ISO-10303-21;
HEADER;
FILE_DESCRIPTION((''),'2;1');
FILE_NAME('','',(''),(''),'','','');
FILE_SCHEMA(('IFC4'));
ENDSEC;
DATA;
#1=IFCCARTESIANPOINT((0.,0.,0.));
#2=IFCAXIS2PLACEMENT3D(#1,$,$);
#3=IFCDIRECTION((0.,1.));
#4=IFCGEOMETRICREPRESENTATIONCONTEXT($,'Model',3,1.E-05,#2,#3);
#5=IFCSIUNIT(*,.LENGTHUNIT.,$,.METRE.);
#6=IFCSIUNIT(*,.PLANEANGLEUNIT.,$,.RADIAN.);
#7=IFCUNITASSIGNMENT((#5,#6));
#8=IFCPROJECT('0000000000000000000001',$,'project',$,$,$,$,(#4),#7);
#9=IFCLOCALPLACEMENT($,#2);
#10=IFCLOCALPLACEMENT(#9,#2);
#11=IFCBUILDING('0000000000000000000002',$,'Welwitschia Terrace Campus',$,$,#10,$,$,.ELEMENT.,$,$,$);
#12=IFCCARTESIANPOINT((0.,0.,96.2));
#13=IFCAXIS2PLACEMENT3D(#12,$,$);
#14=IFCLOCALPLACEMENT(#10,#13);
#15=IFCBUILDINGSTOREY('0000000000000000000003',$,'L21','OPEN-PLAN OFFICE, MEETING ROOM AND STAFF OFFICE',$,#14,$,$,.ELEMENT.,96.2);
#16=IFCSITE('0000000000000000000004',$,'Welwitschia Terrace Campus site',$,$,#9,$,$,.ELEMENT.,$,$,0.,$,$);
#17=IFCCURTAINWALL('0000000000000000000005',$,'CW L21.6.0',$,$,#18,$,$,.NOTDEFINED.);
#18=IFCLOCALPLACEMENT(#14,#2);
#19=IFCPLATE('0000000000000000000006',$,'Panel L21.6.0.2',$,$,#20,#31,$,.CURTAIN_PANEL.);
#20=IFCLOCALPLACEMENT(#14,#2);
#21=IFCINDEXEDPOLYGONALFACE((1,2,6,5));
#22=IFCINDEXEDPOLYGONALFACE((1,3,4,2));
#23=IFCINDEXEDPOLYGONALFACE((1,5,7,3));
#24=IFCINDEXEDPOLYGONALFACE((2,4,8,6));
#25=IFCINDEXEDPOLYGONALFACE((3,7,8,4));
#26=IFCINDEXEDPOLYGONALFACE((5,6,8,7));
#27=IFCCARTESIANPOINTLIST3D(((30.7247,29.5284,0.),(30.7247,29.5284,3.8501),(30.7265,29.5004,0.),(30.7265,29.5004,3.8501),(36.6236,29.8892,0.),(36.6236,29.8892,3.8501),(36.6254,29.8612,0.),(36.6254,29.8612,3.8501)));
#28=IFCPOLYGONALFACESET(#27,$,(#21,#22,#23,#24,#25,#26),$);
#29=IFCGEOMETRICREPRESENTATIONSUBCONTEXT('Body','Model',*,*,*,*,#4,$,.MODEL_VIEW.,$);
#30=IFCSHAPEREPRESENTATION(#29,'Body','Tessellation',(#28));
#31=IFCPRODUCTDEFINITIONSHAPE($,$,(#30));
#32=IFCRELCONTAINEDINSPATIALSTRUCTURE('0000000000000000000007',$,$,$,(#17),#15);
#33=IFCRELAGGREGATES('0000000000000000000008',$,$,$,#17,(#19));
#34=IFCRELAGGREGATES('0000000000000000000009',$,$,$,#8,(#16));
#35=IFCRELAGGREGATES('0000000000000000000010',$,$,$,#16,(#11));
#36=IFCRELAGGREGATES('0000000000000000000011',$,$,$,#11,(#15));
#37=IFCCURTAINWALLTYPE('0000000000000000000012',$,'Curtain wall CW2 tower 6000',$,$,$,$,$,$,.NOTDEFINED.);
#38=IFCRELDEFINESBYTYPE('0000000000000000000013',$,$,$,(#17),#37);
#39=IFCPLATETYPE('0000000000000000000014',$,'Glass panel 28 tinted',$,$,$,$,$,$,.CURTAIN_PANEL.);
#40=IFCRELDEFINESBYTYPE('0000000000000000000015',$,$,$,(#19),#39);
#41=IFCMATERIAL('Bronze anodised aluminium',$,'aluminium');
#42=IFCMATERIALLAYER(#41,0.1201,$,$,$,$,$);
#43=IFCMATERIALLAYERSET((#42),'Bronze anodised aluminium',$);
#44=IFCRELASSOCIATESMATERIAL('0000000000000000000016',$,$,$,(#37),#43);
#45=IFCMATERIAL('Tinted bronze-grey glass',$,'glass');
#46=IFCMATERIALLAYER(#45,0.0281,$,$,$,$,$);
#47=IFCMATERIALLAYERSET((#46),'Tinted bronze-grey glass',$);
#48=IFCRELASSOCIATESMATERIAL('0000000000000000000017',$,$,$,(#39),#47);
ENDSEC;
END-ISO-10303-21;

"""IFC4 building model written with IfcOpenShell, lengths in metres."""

from ifc_helpers import new_model, si_unit, direction, frame, origin, origin_2d, place, context, subcontext, project, spatial, rectangle, extrude, material, layer, layer_set, type_object, element, aggregate, save


model = new_model("IFC4")

# Units and contexts
model_context = context("Model", 3, precision=1e-05, world=origin(), true_north=direction((0.0, 1.0)))
body_context = subcontext(model_context, "Body", "Model", "MODEL_VIEW")
ifc_project = project(units=[si_unit("LENGTHUNIT", "METRE"), si_unit("PLANEANGLEUNIT", "RADIAN")], contexts=[model_context])

# Site, building, storey
site_placement = place(None, origin())
site = spatial("IfcSite", under=ifc_project, at=site_placement, Name="Welwitschia Terrace Campus site", CompositionType="ELEMENT", RefElevation=0.0)
building_placement = place(site_placement, origin())
building = spatial("IfcBuilding", under=site, at=building_placement, Name="Welwitschia Terrace Campus", CompositionType="ELEMENT")
storey_placement = place(building_placement, frame((0.0, 0.0, 96.2)))
storey = spatial("IfcBuildingStorey", under=building, at=storey_placement, Name="L21", Description="OPEN-PLAN OFFICE, MEETING ROOM AND STAFF OFFICE", CompositionType="ELEMENT", Elevation=96.2)

# Curtain wall
ifc_material_1 = material(Name="Bronze anodised aluminium", Category="aluminium")
ifc_layer_1 = layer(ifc_material_1, 0.1201)
ifc_layer_set_1 = layer_set([ifc_layer_1], Name="Bronze anodised aluminium")
curtain_wall_type = type_object("IfcCurtainWallType", Name="Curtain wall CW2 tower 6000", PredefinedType="NOTDEFINED", material=ifc_layer_set_1)
curtain_wall_1_placement = place(storey_placement, origin())
curtain_wall_1 = element("IfcCurtainWall", 1, at=curtain_wall_1_placement, inside=storey, type_object=curtain_wall_type, Name="CW L21.6.0", PredefinedType="NOTDEFINED")

# Plate
ifc_material_2 = material(Name="Tinted bronze-grey glass", Category="glass")
ifc_layer_2 = layer(ifc_material_2, 0.0281)
ifc_layer_set_2 = layer_set([ifc_layer_2], Name="Tinted bronze-grey glass")
plate_type = type_object("IfcPlateType", Name="Glass panel 28 tinted", PredefinedType="CURTAIN_PANEL", material=ifc_layer_set_2)
plate_1_placement = place(storey_placement, frame((33.675, 29.6948, 0.0), z_axis=(0.0, 0.0, 1.0), x_axis=(-0.998135, -0.061049, 0.0)))
plate_1 = element("IfcPlate", 2, at=plate_1_placement, type_object=plate_type, Name="Panel L21.6.0.2", PredefinedType="CURTAIN_PANEL", context=body_context, shape_type="SweptSolid", body=[
    extrude(rectangle(XDim=5.9099, YDim=0.0281, at=origin_2d()), origin(), (0.0, 0.0, 1.0), 3.8501),
])
aggregate(curtain_wall_1, [plate_1])

save(model, "model.ifc")
